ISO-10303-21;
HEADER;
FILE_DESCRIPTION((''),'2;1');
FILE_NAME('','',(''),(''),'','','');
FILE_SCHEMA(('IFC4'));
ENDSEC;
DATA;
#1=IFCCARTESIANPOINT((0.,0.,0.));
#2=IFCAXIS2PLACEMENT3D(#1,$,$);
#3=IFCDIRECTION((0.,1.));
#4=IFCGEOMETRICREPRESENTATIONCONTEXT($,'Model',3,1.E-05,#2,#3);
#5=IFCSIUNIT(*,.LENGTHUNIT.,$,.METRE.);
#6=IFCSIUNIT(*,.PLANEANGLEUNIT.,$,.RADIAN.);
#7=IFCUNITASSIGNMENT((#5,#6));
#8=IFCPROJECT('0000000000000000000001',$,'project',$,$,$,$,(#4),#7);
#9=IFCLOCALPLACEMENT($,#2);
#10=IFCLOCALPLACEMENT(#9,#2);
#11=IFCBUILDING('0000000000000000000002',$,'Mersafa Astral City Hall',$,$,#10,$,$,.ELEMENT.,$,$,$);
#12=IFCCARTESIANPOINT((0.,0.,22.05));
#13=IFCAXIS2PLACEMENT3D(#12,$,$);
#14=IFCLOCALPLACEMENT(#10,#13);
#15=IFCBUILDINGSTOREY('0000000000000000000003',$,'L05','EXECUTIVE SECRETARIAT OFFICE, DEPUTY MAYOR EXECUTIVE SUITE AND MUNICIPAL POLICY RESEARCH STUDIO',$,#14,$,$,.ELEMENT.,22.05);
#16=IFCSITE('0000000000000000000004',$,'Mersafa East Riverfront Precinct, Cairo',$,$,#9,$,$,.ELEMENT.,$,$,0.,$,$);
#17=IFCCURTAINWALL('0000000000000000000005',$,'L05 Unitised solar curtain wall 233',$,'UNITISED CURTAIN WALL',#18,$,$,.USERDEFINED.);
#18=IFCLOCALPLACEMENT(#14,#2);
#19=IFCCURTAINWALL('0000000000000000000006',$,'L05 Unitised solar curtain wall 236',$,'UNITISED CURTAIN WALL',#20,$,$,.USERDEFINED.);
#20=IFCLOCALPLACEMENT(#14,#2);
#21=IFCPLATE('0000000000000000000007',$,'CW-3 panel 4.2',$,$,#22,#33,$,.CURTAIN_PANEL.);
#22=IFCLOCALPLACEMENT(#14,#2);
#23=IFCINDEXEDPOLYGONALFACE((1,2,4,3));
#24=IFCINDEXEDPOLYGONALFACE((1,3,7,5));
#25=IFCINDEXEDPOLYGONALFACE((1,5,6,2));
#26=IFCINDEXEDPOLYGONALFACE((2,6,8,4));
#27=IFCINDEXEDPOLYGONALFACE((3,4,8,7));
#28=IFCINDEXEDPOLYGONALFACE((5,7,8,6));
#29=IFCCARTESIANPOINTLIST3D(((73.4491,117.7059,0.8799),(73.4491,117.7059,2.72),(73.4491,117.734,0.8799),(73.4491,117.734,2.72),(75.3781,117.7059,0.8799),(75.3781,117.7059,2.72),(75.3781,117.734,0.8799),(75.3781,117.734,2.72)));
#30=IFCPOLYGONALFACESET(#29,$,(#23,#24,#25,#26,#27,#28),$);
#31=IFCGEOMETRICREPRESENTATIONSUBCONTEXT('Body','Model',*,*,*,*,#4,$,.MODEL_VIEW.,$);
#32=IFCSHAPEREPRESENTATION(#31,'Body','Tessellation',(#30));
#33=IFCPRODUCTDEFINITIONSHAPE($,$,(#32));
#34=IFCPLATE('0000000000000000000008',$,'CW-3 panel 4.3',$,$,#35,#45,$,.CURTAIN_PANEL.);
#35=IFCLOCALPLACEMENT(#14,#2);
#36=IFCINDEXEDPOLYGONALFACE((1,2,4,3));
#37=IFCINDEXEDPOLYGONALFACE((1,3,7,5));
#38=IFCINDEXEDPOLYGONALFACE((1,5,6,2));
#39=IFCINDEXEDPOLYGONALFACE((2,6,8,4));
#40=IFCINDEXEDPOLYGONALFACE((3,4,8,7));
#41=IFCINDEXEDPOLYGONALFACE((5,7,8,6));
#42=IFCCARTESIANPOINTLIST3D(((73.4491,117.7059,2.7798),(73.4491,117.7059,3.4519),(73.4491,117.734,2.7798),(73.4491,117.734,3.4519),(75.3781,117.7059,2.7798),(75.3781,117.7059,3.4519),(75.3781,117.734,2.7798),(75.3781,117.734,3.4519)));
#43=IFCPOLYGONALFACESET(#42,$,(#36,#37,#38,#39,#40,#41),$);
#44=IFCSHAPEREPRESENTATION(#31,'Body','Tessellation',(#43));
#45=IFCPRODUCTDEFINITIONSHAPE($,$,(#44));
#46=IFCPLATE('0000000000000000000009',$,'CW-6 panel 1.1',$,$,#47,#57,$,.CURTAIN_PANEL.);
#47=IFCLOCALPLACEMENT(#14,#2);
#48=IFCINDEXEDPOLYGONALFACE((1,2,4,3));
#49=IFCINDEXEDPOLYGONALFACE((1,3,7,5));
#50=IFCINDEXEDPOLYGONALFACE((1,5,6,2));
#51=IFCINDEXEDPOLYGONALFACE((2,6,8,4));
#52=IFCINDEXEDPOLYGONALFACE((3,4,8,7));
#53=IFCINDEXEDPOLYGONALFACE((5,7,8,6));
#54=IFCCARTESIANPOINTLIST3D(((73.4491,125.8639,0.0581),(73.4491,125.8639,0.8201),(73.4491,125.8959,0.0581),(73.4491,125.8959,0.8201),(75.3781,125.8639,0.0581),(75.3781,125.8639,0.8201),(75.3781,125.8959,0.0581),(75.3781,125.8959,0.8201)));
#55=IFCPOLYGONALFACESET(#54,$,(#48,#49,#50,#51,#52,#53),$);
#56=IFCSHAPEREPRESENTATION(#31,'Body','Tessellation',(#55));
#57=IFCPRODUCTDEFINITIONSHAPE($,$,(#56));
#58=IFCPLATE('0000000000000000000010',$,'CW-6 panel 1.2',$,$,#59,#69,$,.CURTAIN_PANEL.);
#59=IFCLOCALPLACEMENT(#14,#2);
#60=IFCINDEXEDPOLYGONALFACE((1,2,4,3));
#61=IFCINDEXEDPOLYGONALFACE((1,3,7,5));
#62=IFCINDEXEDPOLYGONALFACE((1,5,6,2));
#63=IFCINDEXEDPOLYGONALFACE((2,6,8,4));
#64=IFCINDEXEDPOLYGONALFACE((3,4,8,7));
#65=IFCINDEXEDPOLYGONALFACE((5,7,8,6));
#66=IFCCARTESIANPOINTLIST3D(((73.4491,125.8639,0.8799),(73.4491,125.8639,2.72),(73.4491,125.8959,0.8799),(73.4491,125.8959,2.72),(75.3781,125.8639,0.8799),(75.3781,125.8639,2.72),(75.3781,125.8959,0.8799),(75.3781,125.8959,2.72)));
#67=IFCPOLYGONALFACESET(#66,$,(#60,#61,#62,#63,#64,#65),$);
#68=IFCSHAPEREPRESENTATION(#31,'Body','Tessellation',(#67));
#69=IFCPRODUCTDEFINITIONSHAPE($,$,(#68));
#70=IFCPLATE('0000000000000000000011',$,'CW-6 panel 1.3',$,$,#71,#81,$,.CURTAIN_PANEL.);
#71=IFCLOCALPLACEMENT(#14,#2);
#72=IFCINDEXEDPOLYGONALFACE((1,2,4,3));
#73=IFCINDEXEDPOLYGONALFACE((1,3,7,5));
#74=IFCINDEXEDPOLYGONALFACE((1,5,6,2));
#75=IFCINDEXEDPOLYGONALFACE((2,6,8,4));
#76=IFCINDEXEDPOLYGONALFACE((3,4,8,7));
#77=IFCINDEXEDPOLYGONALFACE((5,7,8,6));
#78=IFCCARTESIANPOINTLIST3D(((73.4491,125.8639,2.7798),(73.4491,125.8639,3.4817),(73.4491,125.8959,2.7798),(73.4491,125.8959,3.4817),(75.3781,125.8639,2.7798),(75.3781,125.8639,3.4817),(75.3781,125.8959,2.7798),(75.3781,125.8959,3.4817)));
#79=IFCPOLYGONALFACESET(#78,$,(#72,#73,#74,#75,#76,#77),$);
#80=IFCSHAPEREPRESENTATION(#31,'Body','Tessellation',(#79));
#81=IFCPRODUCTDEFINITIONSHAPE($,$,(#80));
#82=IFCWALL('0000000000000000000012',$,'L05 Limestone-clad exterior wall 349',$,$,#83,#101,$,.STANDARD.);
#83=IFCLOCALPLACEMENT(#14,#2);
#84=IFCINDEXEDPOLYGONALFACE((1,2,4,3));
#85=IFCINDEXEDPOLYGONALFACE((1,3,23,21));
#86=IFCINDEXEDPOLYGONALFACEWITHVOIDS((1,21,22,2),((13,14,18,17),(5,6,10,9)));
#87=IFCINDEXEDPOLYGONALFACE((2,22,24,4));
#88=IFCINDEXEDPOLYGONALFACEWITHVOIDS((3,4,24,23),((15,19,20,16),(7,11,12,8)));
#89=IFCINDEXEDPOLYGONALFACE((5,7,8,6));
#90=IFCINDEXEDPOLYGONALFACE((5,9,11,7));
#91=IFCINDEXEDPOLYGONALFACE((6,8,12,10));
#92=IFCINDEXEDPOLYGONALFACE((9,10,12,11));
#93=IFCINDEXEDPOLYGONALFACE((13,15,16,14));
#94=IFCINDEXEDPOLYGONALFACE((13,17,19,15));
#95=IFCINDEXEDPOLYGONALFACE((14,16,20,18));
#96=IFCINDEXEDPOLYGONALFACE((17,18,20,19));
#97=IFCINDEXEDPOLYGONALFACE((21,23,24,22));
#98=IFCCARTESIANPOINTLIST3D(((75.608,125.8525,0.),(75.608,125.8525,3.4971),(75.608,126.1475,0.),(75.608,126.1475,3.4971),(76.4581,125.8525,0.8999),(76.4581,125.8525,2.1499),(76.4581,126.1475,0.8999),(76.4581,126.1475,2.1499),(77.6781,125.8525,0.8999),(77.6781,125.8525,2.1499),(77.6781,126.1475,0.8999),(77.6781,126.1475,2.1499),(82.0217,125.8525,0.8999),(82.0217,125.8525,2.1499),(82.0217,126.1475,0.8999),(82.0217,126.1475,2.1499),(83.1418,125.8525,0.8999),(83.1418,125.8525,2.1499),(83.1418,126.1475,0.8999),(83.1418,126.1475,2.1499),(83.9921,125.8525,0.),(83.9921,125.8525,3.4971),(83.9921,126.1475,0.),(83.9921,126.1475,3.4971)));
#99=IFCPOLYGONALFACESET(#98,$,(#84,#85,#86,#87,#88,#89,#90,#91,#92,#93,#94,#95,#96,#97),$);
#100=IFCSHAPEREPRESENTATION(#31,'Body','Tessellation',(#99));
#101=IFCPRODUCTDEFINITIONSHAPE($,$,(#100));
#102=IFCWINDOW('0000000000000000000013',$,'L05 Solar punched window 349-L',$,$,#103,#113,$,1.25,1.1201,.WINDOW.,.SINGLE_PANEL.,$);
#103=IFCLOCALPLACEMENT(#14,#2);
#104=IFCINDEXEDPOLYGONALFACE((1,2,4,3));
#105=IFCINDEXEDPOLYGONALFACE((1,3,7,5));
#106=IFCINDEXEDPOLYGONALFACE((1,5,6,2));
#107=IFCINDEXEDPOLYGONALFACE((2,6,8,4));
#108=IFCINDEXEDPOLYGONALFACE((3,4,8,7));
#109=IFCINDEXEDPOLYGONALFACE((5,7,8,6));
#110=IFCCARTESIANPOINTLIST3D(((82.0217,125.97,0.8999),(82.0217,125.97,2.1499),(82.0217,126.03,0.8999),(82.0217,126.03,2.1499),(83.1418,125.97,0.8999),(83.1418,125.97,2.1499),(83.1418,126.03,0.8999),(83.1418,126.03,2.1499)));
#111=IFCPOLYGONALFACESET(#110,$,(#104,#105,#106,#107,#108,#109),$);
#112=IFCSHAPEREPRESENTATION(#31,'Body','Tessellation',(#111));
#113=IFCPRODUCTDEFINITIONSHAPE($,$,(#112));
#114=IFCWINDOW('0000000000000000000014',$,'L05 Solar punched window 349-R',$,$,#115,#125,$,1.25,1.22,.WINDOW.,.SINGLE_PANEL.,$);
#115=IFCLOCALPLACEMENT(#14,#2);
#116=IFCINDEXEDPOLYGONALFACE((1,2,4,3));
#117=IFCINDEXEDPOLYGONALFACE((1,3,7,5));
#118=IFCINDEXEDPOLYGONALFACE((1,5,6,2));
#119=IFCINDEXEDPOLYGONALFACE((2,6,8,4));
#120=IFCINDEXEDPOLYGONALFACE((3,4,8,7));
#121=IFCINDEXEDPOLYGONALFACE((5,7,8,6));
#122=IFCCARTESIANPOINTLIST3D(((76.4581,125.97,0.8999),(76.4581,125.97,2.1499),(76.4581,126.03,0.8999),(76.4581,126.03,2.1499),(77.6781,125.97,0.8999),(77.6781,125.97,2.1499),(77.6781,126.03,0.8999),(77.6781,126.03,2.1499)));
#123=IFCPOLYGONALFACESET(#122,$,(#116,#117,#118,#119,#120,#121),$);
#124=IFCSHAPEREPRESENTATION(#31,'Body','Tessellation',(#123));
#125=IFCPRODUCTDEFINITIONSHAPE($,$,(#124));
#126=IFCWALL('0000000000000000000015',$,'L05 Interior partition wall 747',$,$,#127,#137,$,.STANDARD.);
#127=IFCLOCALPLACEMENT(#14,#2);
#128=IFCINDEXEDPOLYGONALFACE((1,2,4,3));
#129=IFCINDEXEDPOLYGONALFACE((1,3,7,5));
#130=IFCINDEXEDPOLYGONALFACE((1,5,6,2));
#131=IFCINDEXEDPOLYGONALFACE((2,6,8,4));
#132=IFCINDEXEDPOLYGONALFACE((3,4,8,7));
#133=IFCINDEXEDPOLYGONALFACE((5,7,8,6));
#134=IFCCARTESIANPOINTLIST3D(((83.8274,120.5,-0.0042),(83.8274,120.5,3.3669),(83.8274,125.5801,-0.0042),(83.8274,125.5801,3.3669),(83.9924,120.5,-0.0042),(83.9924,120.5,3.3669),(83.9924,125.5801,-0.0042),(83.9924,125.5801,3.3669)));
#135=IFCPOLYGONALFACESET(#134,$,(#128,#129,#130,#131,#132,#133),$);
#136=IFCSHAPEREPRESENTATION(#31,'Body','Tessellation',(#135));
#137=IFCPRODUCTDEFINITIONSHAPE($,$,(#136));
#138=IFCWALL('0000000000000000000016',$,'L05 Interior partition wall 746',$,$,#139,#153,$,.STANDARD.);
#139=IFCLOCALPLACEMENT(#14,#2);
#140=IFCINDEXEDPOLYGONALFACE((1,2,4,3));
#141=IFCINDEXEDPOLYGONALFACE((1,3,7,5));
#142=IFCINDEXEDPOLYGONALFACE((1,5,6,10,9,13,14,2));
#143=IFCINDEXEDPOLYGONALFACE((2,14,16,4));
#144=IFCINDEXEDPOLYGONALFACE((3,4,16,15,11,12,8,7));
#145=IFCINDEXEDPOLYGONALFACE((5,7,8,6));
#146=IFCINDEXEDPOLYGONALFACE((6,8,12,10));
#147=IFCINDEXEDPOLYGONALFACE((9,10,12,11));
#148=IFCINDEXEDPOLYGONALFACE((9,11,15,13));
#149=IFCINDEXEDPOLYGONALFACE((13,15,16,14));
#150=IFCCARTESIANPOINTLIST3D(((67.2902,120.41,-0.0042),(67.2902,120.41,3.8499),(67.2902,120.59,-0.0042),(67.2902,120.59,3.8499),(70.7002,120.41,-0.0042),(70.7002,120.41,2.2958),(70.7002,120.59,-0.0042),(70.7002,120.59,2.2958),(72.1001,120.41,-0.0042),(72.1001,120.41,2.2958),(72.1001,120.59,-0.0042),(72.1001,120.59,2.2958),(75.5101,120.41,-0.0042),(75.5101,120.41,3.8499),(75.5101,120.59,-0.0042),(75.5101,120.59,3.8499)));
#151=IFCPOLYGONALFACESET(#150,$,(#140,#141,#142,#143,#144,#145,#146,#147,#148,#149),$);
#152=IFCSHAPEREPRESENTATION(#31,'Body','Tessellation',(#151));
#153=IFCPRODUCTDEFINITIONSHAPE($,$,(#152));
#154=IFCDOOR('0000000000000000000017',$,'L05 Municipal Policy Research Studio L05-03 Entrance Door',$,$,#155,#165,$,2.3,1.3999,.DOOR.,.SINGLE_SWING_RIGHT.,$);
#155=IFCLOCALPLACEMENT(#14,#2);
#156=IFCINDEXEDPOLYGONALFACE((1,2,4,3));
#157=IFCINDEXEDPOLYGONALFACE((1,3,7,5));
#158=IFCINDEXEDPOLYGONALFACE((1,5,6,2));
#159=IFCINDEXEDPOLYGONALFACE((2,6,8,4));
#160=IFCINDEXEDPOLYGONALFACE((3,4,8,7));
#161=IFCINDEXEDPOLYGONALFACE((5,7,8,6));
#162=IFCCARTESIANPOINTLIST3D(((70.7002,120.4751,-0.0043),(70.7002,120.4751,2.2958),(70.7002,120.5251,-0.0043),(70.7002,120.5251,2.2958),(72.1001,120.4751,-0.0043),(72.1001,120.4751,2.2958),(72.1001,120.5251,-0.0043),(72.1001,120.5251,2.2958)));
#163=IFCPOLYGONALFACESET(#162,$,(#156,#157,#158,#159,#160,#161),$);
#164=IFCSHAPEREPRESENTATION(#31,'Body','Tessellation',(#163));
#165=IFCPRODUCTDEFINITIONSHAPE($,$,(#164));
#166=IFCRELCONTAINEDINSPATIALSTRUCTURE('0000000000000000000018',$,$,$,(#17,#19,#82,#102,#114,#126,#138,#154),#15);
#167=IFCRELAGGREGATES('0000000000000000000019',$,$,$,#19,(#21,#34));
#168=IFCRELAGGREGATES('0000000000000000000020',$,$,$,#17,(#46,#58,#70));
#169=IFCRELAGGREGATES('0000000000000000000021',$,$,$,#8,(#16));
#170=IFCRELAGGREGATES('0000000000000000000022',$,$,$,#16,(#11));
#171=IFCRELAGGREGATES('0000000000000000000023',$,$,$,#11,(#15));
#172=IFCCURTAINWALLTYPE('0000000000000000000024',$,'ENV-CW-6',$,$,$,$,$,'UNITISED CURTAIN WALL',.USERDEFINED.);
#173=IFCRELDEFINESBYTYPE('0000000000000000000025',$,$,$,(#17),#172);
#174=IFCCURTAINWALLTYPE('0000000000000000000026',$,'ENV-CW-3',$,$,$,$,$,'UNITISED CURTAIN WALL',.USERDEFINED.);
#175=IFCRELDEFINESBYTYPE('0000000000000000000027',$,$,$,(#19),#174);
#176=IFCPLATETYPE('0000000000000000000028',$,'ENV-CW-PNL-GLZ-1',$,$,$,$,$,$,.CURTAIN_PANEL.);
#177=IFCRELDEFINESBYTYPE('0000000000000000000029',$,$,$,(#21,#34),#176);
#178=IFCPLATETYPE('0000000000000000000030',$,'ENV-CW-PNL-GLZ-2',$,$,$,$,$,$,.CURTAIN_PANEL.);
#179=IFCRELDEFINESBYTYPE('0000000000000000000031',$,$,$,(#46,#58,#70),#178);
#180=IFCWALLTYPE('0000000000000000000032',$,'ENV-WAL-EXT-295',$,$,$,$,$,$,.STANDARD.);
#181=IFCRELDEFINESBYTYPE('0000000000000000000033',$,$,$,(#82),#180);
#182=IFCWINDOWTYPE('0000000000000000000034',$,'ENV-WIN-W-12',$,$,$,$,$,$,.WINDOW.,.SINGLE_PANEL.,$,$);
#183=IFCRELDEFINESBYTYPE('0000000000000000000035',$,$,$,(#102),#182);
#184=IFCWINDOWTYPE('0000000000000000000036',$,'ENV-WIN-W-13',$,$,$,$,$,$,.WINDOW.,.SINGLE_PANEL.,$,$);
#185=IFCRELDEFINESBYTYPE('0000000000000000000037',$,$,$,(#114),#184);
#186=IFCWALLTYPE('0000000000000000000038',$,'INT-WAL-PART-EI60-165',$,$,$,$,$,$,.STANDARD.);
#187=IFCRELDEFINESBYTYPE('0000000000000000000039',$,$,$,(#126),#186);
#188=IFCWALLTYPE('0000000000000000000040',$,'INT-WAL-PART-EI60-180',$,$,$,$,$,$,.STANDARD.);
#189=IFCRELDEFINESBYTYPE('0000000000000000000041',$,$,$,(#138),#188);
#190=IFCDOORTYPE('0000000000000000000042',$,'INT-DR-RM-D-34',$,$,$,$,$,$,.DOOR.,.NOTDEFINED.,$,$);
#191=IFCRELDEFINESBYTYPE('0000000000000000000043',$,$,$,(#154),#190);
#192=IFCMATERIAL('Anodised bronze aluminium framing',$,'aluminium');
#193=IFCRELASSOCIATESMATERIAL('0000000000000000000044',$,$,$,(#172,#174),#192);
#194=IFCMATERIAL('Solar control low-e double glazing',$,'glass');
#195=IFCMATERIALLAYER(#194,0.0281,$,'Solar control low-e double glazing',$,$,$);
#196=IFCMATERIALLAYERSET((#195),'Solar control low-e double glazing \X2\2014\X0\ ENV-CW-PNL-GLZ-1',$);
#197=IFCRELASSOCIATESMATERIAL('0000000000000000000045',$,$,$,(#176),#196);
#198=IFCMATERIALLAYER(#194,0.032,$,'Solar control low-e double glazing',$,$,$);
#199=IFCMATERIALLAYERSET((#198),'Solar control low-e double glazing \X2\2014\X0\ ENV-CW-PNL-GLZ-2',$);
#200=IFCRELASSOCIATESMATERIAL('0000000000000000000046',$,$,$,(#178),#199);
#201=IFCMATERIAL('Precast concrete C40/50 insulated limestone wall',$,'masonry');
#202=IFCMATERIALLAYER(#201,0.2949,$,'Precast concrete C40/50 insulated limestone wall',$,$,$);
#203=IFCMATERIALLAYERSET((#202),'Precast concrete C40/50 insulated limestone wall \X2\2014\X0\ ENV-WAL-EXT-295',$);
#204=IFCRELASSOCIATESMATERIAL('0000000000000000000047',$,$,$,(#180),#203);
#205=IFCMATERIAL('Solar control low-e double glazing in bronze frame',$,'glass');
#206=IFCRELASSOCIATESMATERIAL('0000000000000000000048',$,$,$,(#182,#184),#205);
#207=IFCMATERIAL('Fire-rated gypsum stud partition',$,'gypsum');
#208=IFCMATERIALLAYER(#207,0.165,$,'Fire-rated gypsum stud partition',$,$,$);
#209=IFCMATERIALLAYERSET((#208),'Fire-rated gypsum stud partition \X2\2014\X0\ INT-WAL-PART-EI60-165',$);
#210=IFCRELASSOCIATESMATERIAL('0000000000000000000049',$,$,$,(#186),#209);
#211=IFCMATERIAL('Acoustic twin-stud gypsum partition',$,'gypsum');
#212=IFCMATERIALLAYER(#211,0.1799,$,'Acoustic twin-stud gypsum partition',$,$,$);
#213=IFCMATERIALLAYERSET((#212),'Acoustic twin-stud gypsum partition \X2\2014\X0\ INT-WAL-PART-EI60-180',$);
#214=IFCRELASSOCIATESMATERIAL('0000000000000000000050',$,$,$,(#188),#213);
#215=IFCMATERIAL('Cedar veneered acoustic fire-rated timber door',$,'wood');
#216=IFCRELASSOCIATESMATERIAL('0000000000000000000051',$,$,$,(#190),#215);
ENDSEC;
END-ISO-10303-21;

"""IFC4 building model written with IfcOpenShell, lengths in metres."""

from ifc_helpers import new_model, si_unit, direction, frame, frame_2d, origin, origin_2d, place, context, subcontext, project, spatial, rectangle, extrude, material, layer, layer_set, type_object, element, fill, aggregate, save


model = new_model("IFC4")

# Units and contexts
model_context = context("Model", 3, precision=1e-05, world=origin(), true_north=direction((0.0, 1.0)))
body_context = subcontext(model_context, "Body", "Model", "MODEL_VIEW")
ifc_project = project(units=[si_unit("LENGTHUNIT", "METRE"), si_unit("PLANEANGLEUNIT", "RADIAN")], contexts=[model_context])

# Site, building, storey
site_placement = place(None, origin())
site = spatial("IfcSite", under=ifc_project, at=site_placement, Name="Mersafa East Riverfront Precinct, Cairo", CompositionType="ELEMENT", RefElevation=0.0)
building_placement = place(site_placement, origin())
building = spatial("IfcBuilding", under=site, at=building_placement, Name="Mersafa Astral City Hall", CompositionType="ELEMENT")
storey_placement = place(building_placement, frame((0.0, 0.0, 22.05)))
storey = spatial("IfcBuildingStorey", under=building, at=storey_placement, Name="L05", Description="EXECUTIVE SECRETARIAT OFFICE, DEPUTY MAYOR EXECUTIVE SUITE AND MUNICIPAL POLICY RESEARCH STUDIO", CompositionType="ELEMENT", Elevation=22.05)

# Curtain walls
ifc_material_1 = material(Name="Anodised bronze aluminium framing", Category="aluminium")
curtain_wall_type_1 = type_object("IfcCurtainWallType", Name="ENV-CW-6", ElementType="UNITISED CURTAIN WALL", PredefinedType="USERDEFINED", material=ifc_material_1)
curtain_wall_1_placement = place(storey_placement, origin())
curtain_wall_1 = element("IfcCurtainWall", 1, at=curtain_wall_1_placement, inside=storey, type_object=curtain_wall_type_1, Name="L05 Unitised solar curtain wall 233", ObjectType="UNITISED CURTAIN WALL", PredefinedType="USERDEFINED")
curtain_wall_type_2 = type_object("IfcCurtainWallType", Name="ENV-CW-3", ElementType="UNITISED CURTAIN WALL", PredefinedType="USERDEFINED", material=ifc_material_1)
curtain_wall_2_placement = place(storey_placement, origin())
curtain_wall_2 = element("IfcCurtainWall", 2, at=curtain_wall_2_placement, inside=storey, type_object=curtain_wall_type_2, Name="L05 Unitised solar curtain wall 236", ObjectType="UNITISED CURTAIN WALL", PredefinedType="USERDEFINED")

# Plates
ifc_material_2 = material(Name="Solar control low-e double glazing", Category="glass")
ifc_layer_1 = layer(ifc_material_2, 0.0281, Name="Solar control low-e double glazing")
ifc_layer_set_1 = layer_set([ifc_layer_1], Name="Solar control low-e double glazing — ENV-CW-PNL-GLZ-1")
plate_type_1 = type_object("IfcPlateType", Name="ENV-CW-PNL-GLZ-1", PredefinedType="CURTAIN_PANEL", material=ifc_layer_set_1)
plate_1_placement = place(storey_placement, frame((74.4136, 117.72, 0.8799), z_axis=(0.0, 0.0, 1.0), x_axis=(1.0, 0.0, 0.0)))
plate_1 = element("IfcPlate", 3, at=plate_1_placement, type_object=plate_type_1, Name="CW-3 panel 4.2", PredefinedType="CURTAIN_PANEL", context=body_context, shape_type="SweptSolid", body=[
    extrude(rectangle(XDim=1.929, YDim=0.0281, at=origin_2d()), origin(), (0.0, 0.0, 1.0), 1.8401),
])
plate_2_placement = place(storey_placement, frame((74.4136, 117.72, 2.7798), z_axis=(0.0, 0.0, 1.0), x_axis=(1.0, 0.0, 0.0)))
plate_2 = element("IfcPlate", 4, at=plate_2_placement, type_object=plate_type_1, Name="CW-3 panel 4.3", PredefinedType="CURTAIN_PANEL", context=body_context, shape_type="SweptSolid", body=[
    extrude(rectangle(XDim=1.929, YDim=0.0281, at=origin_2d()), origin(), (0.0, 0.0, 1.0), 0.6721),
])
aggregate(curtain_wall_2, [plate_1, plate_2])
ifc_layer_2 = layer(ifc_material_2, 0.032, Name="Solar control low-e double glazing")
ifc_layer_set_2 = layer_set([ifc_layer_2], Name="Solar control low-e double glazing — ENV-CW-PNL-GLZ-2")
plate_type_2 = type_object("IfcPlateType", Name="ENV-CW-PNL-GLZ-2", PredefinedType="CURTAIN_PANEL", material=ifc_layer_set_2)
plate_3_placement = place(storey_placement, frame((74.4136, 125.8799, 0.0581), z_axis=(0.0, 0.0, 1.0), x_axis=(-1.0, 0.0, 0.0)))
plate_3 = element("IfcPlate", 5, at=plate_3_placement, type_object=plate_type_2, Name="CW-6 panel 1.1", PredefinedType="CURTAIN_PANEL", context=body_context, shape_type="SweptSolid", body=[
    extrude(rectangle(XDim=1.929, YDim=0.032, at=origin_2d()), origin(), (0.0, 0.0, 1.0), 0.762),
])
plate_4_placement = place(storey_placement, frame((74.4136, 125.8799, 0.8799), z_axis=(0.0, 0.0, 1.0), x_axis=(-1.0, 0.0, 0.0)))
plate_4 = element("IfcPlate", 6, at=plate_4_placement, type_object=plate_type_2, Name="CW-6 panel 1.2", PredefinedType="CURTAIN_PANEL", context=body_context, shape_type="SweptSolid", body=[
    extrude(rectangle(XDim=1.929, YDim=0.032, at=origin_2d()), origin(), (0.0, 0.0, 1.0), 1.8401),
])
plate_5_placement = place(storey_placement, frame((74.4136, 125.8799, 2.7798), z_axis=(0.0, 0.0, 1.0), x_axis=(-1.0, 0.0, 0.0)))
plate_5 = element("IfcPlate", 7, at=plate_5_placement, type_object=plate_type_2, Name="CW-6 panel 1.3", PredefinedType="CURTAIN_PANEL", context=body_context, shape_type="SweptSolid", body=[
    extrude(rectangle(XDim=1.929, YDim=0.032, at=origin_2d()), origin(), (0.0, 0.0, 1.0), 0.7019),
])
aggregate(curtain_wall_1, [plate_3, plate_4, plate_5])

# Wall, openings, windows
ifc_material_3 = material(Name="Precast concrete C40/50 insulated limestone wall", Category="masonry")
ifc_layer_3 = layer(ifc_material_3, 0.2949, Name="Precast concrete C40/50 insulated limestone wall")
ifc_layer_set_3 = layer_set([ifc_layer_3], Name="Precast concrete C40/50 insulated limestone wall — ENV-WAL-EXT-295")
wall_type_1 = type_object("IfcWallType", Name="ENV-WAL-EXT-295", PredefinedType="STANDARD", material=ifc_layer_set_3)
wall_1_placement = place(storey_placement, frame((83.9919, 126.0, 0.0), z_axis=(0.0, 0.0, 1.0), x_axis=(-1.0, 0.0, 0.0)))
wall_1 = element("IfcWall", 8, at=wall_1_placement, inside=storey, type_object=wall_type_1, Name="L05 Limestone-clad exterior wall 349", PredefinedType="STANDARD", context=body_context, shape_type="SweptSolid", body=[
    extrude(rectangle(XDim=8.384, YDim=0.2949, at=frame_2d((4.1919, 0.0))), origin(), (0.0, 0.0, 1.0), 3.4971),
])
opening_1_placement = place(wall_1_placement, frame((0.8501, 0.0, 0.8999)))
opening_1 = element("IfcOpeningElement", 9, at=opening_1_placement, cuts=wall_1, PredefinedType="OPENING", context=body_context, shape_type="SweptSolid", body=[
    extrude(rectangle(XDim=1.1201, YDim=1.25, at=frame_2d((0.5601, 0.625))), frame((0.0, 0.1575, 0.0), z_axis=(0.0, -1.0, 0.0), x_axis=(1.0, 0.0, 0.0)), (0.0, 0.0, 1.0), 0.3149),
])
opening_2_placement = place(wall_1_placement, frame((6.314, 0.0, 0.8999)))
opening_2 = element("IfcOpeningElement", 10, at=opening_2_placement, cuts=wall_1, PredefinedType="OPENING", context=body_context, shape_type="SweptSolid", body=[
    extrude(rectangle(XDim=1.22, YDim=1.25, at=frame_2d((0.6099, 0.625))), frame((0.0, 0.1575, 0.0), z_axis=(0.0, -1.0, 0.0), x_axis=(1.0, 0.0, 0.0)), (0.0, 0.0, 1.0), 0.3149),
])
ifc_material_4 = material(Name="Solar control low-e double glazing in bronze frame", Category="glass")
window_type_1 = type_object("IfcWindowType", Name="ENV-WIN-W-12", PartitioningType="SINGLE_PANEL", PredefinedType="WINDOW", material=ifc_material_4)
window_1_placement = place(opening_1_placement, origin())
window_1 = element("IfcWindow", 11, at=window_1_placement, inside=storey, type_object=window_type_1, Name="L05 Solar punched window 349-L", OverallHeight=1.25, OverallWidth=1.1201, PartitioningType="SINGLE_PANEL", PredefinedType="WINDOW", context=body_context, shape_type="SweptSolid", body=[
    extrude(rectangle(XDim=1.1201, YDim=1.25, at=frame_2d((0.5601, 0.625))), frame((0.0, 0.03, 0.0), z_axis=(0.0, -1.0, 0.0), x_axis=(1.0, 0.0, 0.0)), (0.0, 0.0, 1.0), 0.0601),
])
fill(opening_1, window_1)
window_type_2 = type_object("IfcWindowType", Name="ENV-WIN-W-13", PartitioningType="SINGLE_PANEL", PredefinedType="WINDOW", material=ifc_material_4)
window_2_placement = place(opening_2_placement, origin())
window_2 = element("IfcWindow", 12, at=window_2_placement, inside=storey, type_object=window_type_2, Name="L05 Solar punched window 349-R", OverallHeight=1.25, OverallWidth=1.22, PartitioningType="SINGLE_PANEL", PredefinedType="WINDOW", context=body_context, shape_type="SweptSolid", body=[
    extrude(rectangle(XDim=1.22, YDim=1.25, at=frame_2d((0.6099, 0.625))), frame((0.0, 0.03, 0.0), z_axis=(0.0, -1.0, 0.0), x_axis=(1.0, 0.0, 0.0)), (0.0, 0.0, 1.0), 0.0601),
])
fill(opening_2, window_2)

# Wall
ifc_material_5 = material(Name="Fire-rated gypsum stud partition", Category="gypsum")
ifc_layer_4 = layer(ifc_material_5, 0.165, Name="Fire-rated gypsum stud partition")
ifc_layer_set_4 = layer_set([ifc_layer_4], Name="Fire-rated gypsum stud partition — INT-WAL-PART-EI60-165")
wall_type_2 = type_object("IfcWallType", Name="INT-WAL-PART-EI60-165", PredefinedType="STANDARD", material=ifc_layer_set_4)
wall_2_placement = place(storey_placement, frame((83.9099, 125.5801, -0.0042), z_axis=(0.0, 0.0, 1.0), x_axis=(0.0, -1.0, 0.0)))
element("IfcWall", 13, at=wall_2_placement, inside=storey, type_object=wall_type_2, Name="L05 Interior partition wall 747", PredefinedType="STANDARD", context=body_context, shape_type="SweptSolid", body=[
    extrude(rectangle(XDim=5.0801, YDim=0.165, at=frame_2d((2.54, 0.0))), origin(), (0.0, 0.0, 1.0), 3.3711),
])

# Wall, opening, door
ifc_material_6 = material(Name="Acoustic twin-stud gypsum partition", Category="gypsum")
ifc_layer_5 = layer(ifc_material_6, 0.1799, Name="Acoustic twin-stud gypsum partition")
ifc_layer_set_5 = layer_set([ifc_layer_5], Name="Acoustic twin-stud gypsum partition — INT-WAL-PART-EI60-180")
wall_type_3 = type_object("IfcWallType", Name="INT-WAL-PART-EI60-180", PredefinedType="STANDARD", material=ifc_layer_set_5)
wall_3_placement = place(storey_placement, frame((75.51, 120.5, -0.0042), z_axis=(0.0, 0.0, 1.0), x_axis=(-1.0, 0.0, 0.0)))
wall_3 = element("IfcWall", 14, at=wall_3_placement, inside=storey, type_object=wall_type_3, Name="L05 Interior partition wall 746", PredefinedType="STANDARD", context=body_context, shape_type="SweptSolid", body=[
    extrude(rectangle(XDim=8.22, YDim=0.1799, at=frame_2d((4.1099, 0.0))), origin(), (0.0, 0.0, 1.0), 3.854),
])
opening_3_placement = place(wall_3_placement, frame((3.4099, 0.0, 0.0)))
opening_3 = element("IfcOpeningElement", 15, at=opening_3_placement, cuts=wall_3, PredefinedType="OPENING", context=body_context, shape_type="SweptSolid", body=[
    extrude(rectangle(XDim=1.3999, YDim=2.3, at=frame_2d((0.7, 1.1499))), frame((0.0, 0.0999, 0.0), z_axis=(0.0, -1.0, 0.0), x_axis=(1.0, 0.0, 0.0)), (0.0, 0.0, 1.0), 0.2),
])
ifc_material_7 = material(Name="Cedar veneered acoustic fire-rated timber door", Category="wood")
door_type_1 = type_object("IfcDoorType", Name="INT-DR-RM-D-34", OperationType="NOTDEFINED", PredefinedType="DOOR", material=ifc_material_7)
door_1_placement = place(opening_3_placement, origin())
door_1 = element("IfcDoor", 16, at=door_1_placement, inside=storey, type_object=door_type_1, Name="L05 Municipal Policy Research Studio L05-03 Entrance Door", OperationType="SINGLE_SWING_RIGHT", OverallHeight=2.3, OverallWidth=1.3999, PredefinedType="DOOR", context=body_context, shape_type="SweptSolid", body=[
    extrude(rectangle(XDim=1.3999, YDim=2.3, at=frame_2d((0.7, 1.1499))), frame((0.0, 0.0249, 0.0), z_axis=(0.0, -1.0, 0.0), x_axis=(1.0, 0.0, 0.0)), (0.0, 0.0, 1.0), 0.05),
])
fill(opening_3, door_1)

save(model, "model.ifc")
